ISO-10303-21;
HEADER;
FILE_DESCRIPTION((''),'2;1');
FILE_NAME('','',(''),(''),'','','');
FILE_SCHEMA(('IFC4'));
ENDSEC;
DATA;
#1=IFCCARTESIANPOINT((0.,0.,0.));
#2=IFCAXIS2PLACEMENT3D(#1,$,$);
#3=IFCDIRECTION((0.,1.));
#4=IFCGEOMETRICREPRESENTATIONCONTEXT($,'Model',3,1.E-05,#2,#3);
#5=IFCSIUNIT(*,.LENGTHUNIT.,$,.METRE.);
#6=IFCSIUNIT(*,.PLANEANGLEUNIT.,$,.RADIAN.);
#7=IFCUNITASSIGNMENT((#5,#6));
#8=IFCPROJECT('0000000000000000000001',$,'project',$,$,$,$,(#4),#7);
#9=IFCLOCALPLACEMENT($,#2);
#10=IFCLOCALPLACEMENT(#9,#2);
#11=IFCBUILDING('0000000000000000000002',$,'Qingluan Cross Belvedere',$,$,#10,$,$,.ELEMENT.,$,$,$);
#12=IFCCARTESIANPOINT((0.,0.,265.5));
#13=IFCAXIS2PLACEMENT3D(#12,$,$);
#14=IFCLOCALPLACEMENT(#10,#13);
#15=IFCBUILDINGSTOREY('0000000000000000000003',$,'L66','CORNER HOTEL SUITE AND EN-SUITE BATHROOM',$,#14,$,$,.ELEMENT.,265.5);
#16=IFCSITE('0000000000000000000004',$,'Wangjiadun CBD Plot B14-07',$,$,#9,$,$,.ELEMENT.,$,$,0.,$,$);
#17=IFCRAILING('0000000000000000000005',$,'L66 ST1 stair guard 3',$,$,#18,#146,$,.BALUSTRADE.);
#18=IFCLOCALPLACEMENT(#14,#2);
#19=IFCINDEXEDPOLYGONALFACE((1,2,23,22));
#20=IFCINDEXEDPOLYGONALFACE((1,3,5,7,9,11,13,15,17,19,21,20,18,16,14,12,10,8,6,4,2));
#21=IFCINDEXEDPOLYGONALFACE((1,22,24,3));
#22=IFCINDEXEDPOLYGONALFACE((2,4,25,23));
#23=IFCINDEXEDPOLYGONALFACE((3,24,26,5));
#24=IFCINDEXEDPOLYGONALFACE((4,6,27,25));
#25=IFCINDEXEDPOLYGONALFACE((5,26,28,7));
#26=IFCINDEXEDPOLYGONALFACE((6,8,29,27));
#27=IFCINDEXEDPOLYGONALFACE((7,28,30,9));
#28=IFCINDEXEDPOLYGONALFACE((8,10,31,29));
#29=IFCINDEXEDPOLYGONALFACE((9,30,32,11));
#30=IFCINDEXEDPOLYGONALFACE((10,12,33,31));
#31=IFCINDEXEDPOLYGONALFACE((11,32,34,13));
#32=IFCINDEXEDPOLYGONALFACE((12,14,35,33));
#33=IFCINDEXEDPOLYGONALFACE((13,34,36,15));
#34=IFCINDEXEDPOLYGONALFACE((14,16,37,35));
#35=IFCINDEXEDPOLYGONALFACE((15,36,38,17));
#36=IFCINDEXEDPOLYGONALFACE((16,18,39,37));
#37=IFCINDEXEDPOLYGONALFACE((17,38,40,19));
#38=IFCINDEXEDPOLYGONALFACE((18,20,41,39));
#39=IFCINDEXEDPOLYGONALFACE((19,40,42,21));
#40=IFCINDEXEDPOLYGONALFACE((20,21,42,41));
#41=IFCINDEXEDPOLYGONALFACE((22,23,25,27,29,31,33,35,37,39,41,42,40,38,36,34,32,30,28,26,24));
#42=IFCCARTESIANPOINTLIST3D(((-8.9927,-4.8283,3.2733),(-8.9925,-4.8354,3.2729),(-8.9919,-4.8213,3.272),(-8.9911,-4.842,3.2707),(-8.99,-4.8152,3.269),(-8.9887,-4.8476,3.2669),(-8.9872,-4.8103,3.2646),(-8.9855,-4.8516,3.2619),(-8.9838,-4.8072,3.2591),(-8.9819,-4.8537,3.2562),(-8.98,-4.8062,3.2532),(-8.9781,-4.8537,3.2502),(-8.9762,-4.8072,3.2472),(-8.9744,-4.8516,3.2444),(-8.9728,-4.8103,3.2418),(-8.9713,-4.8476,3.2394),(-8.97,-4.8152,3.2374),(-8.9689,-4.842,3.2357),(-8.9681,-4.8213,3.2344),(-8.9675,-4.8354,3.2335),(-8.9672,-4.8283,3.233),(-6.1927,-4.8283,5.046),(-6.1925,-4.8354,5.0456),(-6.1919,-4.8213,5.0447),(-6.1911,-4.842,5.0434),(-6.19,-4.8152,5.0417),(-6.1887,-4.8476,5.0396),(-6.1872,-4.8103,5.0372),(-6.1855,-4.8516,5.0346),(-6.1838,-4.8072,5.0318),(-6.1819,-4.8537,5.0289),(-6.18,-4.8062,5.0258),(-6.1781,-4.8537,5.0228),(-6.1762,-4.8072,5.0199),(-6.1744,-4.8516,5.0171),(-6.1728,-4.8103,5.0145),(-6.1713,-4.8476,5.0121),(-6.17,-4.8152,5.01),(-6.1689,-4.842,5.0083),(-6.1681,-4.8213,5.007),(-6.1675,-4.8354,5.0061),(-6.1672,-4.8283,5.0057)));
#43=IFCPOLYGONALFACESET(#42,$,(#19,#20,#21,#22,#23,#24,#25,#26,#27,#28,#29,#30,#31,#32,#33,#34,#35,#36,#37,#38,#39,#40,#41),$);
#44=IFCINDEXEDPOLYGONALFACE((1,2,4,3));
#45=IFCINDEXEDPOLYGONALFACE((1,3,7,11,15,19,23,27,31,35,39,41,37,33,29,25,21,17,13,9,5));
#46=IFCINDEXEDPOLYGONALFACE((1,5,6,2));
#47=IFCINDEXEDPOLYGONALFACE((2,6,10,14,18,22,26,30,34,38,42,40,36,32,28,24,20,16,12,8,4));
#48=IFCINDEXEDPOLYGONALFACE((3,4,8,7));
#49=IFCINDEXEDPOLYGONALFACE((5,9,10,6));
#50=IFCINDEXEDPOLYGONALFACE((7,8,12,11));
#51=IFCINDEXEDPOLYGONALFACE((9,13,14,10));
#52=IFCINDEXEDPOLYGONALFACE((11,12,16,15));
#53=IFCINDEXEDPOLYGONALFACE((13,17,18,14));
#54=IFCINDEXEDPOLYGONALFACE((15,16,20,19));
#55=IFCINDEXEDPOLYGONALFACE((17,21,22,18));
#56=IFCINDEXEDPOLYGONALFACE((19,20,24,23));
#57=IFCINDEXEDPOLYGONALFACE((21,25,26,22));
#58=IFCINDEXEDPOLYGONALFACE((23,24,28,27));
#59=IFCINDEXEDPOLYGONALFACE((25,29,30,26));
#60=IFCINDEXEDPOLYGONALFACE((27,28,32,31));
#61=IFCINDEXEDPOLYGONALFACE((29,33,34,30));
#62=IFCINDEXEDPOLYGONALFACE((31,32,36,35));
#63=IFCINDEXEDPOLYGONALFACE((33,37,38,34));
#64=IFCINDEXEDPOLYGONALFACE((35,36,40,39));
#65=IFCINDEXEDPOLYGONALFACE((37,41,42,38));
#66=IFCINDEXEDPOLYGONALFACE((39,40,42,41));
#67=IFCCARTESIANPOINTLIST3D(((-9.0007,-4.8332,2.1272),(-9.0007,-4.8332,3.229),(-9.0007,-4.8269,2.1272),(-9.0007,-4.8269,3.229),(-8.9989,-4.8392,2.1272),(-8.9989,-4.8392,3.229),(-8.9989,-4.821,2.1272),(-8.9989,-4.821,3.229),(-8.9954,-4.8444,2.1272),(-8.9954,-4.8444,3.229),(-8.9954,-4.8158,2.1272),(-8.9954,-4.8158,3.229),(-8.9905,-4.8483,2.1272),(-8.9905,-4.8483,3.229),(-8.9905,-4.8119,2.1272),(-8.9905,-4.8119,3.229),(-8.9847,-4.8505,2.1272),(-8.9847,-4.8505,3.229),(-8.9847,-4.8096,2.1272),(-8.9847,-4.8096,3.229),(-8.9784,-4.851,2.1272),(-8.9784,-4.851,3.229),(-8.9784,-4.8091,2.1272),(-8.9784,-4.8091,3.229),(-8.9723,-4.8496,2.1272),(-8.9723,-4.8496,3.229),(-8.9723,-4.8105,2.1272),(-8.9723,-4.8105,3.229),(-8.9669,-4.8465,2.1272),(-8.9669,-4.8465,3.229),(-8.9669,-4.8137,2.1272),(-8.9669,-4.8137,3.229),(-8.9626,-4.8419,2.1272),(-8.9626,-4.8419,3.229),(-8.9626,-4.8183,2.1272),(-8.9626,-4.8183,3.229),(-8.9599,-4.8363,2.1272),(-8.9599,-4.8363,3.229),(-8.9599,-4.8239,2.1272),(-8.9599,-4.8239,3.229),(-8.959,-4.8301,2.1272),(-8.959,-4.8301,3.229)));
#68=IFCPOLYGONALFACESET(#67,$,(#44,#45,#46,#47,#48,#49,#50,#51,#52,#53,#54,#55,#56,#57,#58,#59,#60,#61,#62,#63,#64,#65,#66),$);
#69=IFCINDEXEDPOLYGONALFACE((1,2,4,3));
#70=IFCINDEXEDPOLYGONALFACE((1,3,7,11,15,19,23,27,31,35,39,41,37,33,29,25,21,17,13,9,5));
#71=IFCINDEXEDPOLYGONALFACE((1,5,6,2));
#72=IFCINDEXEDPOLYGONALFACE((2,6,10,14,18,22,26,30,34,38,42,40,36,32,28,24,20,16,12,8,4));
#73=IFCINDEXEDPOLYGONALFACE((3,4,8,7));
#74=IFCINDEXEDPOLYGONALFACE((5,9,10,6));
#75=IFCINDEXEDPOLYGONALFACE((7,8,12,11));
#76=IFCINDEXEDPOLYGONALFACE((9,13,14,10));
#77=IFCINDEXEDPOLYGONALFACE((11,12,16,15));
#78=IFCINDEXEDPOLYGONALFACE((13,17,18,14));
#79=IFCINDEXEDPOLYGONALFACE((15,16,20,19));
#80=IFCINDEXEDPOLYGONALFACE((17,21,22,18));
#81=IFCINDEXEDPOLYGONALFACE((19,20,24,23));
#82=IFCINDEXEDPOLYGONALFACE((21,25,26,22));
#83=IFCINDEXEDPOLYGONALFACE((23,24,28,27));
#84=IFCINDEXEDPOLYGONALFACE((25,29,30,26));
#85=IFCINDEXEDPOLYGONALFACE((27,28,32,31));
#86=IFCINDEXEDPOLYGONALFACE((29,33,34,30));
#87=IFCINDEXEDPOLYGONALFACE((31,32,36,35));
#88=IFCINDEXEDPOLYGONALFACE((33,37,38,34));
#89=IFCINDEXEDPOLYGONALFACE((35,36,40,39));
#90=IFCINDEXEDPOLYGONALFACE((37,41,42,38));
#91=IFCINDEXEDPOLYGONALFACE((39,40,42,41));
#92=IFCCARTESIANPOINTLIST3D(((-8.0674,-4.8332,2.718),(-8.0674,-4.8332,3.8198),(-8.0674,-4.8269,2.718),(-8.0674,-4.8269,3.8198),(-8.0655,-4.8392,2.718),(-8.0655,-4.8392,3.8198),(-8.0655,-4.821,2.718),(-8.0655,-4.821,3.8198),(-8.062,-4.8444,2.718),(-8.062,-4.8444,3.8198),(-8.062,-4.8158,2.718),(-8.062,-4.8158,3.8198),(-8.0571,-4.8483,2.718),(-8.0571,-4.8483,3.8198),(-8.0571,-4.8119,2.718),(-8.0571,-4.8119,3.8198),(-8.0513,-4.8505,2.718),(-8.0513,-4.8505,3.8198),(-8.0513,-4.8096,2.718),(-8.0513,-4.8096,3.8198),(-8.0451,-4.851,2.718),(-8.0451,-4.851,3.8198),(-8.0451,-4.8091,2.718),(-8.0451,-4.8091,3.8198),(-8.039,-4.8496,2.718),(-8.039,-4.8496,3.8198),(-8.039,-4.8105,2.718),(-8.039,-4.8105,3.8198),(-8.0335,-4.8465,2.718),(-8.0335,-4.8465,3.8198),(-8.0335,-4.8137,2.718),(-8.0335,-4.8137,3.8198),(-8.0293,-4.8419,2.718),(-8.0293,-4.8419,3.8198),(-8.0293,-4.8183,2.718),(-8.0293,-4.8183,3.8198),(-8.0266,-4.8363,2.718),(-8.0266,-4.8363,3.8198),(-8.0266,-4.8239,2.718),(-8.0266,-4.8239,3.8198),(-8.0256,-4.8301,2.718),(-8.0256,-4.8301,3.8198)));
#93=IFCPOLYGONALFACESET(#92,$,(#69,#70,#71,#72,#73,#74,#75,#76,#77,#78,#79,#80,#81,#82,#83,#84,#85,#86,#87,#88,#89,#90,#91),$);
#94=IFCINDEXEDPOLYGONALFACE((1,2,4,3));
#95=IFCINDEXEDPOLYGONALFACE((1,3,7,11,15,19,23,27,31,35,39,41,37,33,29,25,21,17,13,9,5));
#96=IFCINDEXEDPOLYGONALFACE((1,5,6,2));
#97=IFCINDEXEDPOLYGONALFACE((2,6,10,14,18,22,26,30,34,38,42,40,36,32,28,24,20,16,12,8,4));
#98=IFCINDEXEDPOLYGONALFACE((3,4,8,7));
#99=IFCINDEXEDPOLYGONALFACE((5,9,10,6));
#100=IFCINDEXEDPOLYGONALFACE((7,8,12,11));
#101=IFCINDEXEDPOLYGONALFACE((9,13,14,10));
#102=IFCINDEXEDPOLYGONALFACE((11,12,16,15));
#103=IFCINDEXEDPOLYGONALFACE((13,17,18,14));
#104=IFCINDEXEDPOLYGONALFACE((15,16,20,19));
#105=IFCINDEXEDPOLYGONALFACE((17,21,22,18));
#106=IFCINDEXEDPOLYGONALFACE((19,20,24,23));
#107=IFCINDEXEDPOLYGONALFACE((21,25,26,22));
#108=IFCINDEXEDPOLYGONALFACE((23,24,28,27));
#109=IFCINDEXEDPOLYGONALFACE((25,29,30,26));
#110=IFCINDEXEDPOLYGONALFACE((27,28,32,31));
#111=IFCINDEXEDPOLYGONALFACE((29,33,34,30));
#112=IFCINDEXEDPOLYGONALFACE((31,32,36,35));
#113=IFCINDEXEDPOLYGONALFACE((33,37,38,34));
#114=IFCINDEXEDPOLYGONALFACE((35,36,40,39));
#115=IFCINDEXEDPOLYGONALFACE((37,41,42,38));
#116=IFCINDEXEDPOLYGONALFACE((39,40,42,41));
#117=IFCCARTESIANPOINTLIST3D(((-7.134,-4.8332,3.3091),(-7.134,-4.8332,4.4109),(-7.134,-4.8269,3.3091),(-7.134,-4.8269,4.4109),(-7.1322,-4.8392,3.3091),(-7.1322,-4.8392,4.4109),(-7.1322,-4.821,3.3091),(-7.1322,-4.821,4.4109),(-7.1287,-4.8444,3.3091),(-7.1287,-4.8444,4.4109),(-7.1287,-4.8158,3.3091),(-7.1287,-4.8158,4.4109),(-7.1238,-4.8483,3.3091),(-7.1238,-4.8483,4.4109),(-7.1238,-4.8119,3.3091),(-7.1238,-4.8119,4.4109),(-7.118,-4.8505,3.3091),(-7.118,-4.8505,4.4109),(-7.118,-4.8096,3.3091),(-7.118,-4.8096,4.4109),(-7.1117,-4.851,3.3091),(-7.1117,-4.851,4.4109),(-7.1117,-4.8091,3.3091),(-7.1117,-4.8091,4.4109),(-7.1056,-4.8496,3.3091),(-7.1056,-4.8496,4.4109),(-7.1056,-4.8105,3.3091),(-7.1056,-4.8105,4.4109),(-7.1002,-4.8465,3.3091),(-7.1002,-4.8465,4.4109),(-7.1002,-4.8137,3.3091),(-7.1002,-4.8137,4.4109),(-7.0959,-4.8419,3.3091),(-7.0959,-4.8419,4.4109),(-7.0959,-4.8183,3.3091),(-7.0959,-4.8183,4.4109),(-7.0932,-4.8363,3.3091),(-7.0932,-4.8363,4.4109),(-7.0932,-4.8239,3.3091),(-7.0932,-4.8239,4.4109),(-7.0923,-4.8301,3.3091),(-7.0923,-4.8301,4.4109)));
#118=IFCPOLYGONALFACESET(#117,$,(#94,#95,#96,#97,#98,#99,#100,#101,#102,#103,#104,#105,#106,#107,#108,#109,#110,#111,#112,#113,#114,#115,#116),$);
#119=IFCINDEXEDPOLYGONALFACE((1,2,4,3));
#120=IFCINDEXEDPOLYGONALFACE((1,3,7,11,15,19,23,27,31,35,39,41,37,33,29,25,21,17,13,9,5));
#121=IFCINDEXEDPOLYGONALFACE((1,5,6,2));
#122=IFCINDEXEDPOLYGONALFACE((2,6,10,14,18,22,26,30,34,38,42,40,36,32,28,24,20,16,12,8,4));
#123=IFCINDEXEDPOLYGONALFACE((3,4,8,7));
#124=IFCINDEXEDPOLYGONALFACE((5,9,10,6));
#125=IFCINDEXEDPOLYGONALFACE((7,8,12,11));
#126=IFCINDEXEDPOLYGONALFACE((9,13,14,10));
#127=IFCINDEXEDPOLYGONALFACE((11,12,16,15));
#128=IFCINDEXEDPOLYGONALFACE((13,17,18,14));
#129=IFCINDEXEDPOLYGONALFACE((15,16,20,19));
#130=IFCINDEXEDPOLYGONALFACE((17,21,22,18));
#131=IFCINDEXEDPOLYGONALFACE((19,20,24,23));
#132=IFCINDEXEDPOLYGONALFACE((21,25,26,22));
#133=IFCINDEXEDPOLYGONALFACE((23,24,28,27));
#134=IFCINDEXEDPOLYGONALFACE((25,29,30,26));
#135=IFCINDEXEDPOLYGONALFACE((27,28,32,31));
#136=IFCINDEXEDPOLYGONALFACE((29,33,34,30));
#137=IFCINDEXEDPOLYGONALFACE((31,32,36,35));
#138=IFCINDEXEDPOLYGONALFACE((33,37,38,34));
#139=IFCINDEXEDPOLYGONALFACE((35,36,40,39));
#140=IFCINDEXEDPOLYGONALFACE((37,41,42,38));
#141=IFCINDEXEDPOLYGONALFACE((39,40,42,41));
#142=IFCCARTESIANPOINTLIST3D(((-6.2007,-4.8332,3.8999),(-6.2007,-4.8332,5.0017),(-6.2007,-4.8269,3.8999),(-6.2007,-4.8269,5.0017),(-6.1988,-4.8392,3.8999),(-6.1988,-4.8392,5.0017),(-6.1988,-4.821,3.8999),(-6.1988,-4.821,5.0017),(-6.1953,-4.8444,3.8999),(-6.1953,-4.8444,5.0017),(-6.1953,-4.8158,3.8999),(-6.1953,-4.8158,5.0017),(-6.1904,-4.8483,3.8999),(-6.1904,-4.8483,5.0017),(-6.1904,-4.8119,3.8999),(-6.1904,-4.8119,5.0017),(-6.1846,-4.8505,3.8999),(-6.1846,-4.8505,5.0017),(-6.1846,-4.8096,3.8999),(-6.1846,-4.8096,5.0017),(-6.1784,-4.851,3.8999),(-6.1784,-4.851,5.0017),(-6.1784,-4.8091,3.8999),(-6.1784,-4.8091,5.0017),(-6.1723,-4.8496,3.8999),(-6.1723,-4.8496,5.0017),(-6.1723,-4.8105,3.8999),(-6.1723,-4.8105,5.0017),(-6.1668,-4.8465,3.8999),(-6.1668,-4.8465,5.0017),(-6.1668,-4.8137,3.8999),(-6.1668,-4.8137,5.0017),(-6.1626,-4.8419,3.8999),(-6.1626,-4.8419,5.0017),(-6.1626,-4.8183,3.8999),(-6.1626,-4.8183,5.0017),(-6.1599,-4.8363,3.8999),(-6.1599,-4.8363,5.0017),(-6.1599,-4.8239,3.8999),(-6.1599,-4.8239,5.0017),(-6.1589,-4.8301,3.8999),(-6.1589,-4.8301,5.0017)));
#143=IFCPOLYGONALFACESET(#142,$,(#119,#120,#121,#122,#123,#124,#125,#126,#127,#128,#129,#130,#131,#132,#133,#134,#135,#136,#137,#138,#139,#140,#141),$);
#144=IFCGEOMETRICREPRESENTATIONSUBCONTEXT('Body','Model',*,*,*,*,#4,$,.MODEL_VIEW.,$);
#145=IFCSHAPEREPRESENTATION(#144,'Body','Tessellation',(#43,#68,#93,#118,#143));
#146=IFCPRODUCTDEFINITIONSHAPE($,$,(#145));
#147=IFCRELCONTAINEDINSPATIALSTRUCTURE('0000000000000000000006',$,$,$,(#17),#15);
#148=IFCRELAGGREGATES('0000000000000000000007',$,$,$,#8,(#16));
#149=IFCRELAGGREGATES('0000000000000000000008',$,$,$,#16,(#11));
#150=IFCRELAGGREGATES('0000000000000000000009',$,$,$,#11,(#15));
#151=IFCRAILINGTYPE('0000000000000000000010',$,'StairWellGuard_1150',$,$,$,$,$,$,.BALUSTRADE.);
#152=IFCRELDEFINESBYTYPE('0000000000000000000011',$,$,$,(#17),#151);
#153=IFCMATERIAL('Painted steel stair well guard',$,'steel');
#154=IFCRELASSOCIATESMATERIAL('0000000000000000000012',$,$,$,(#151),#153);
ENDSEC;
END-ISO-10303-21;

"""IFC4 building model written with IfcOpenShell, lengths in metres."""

from ifc_helpers import new_model, si_unit, direction, frame, origin, origin_2d, place, context, subcontext, project, spatial, circle, extrude, material, type_object, element, save


model = new_model("IFC4")

# Units and contexts
model_context = context("Model", 3, precision=1e-05, world=origin(), true_north=direction((0.0, 1.0)))
body_context = subcontext(model_context, "Body", "Model", "MODEL_VIEW")
ifc_project = project(units=[si_unit("LENGTHUNIT", "METRE"), si_unit("PLANEANGLEUNIT", "RADIAN")], contexts=[model_context])

# Site, building, storey
site_placement = place(None, origin())
site = spatial("IfcSite", under=ifc_project, at=site_placement, Name="Wangjiadun CBD Plot B14-07", CompositionType="ELEMENT", RefElevation=0.0)
building_placement = place(site_placement, origin())
building = spatial("IfcBuilding", under=site, at=building_placement, Name="Qingluan Cross Belvedere", CompositionType="ELEMENT")
storey_placement = place(building_placement, frame((0.0, 0.0, 265.5)))
storey = spatial("IfcBuildingStorey", under=building, at=storey_placement, Name="L66", Description="CORNER HOTEL SUITE AND EN-SUITE BATHROOM", CompositionType="ELEMENT", Elevation=265.5)

# Railing
ifc_material_1 = material(Name="Painted steel stair well guard", Category="steel")
railing_type_1 = type_object("IfcRailingType", Name="StairWellGuard_1150", PredefinedType="BALUSTRADE", material=ifc_material_1)
railing_1_placement = place(storey_placement, frame((-8.98, -4.8301, 2.1272)))
element("IfcRailing", 1, at=railing_1_placement, inside=storey, type_object=railing_type_1, Name="L66 ST1 stair guard 3", PredefinedType="BALUSTRADE", context=body_context, shape_type="SweptSolid", body=[
    extrude(circle(Radius=0.0239, at=origin_2d()), frame((0.0, 0.0, 1.126), z_axis=(0.844909, 0.0, 0.53491), x_axis=(0.0, 1.0, 0.0)), (0.0, 0.0, 1.0), 3.314),
    extrude(circle(Radius=0.021, at=origin_2d()), origin(), (0.0, 0.0, 1.0), 1.1018),
    extrude(circle(Radius=0.021, at=origin_2d()), frame((0.9333, 0.0, 0.5908)), (0.0, 0.0, 1.0), 1.1018),
    extrude(circle(Radius=0.021, at=origin_2d()), frame((1.8667, 0.0, 1.1819)), (0.0, 0.0, 1.0), 1.1018),
    extrude(circle(Radius=0.021, at=origin_2d()), frame((2.8, 0.0, 1.7727)), (0.0, 0.0, 1.0), 1.1018),
])

save(model, "model.ifc")
